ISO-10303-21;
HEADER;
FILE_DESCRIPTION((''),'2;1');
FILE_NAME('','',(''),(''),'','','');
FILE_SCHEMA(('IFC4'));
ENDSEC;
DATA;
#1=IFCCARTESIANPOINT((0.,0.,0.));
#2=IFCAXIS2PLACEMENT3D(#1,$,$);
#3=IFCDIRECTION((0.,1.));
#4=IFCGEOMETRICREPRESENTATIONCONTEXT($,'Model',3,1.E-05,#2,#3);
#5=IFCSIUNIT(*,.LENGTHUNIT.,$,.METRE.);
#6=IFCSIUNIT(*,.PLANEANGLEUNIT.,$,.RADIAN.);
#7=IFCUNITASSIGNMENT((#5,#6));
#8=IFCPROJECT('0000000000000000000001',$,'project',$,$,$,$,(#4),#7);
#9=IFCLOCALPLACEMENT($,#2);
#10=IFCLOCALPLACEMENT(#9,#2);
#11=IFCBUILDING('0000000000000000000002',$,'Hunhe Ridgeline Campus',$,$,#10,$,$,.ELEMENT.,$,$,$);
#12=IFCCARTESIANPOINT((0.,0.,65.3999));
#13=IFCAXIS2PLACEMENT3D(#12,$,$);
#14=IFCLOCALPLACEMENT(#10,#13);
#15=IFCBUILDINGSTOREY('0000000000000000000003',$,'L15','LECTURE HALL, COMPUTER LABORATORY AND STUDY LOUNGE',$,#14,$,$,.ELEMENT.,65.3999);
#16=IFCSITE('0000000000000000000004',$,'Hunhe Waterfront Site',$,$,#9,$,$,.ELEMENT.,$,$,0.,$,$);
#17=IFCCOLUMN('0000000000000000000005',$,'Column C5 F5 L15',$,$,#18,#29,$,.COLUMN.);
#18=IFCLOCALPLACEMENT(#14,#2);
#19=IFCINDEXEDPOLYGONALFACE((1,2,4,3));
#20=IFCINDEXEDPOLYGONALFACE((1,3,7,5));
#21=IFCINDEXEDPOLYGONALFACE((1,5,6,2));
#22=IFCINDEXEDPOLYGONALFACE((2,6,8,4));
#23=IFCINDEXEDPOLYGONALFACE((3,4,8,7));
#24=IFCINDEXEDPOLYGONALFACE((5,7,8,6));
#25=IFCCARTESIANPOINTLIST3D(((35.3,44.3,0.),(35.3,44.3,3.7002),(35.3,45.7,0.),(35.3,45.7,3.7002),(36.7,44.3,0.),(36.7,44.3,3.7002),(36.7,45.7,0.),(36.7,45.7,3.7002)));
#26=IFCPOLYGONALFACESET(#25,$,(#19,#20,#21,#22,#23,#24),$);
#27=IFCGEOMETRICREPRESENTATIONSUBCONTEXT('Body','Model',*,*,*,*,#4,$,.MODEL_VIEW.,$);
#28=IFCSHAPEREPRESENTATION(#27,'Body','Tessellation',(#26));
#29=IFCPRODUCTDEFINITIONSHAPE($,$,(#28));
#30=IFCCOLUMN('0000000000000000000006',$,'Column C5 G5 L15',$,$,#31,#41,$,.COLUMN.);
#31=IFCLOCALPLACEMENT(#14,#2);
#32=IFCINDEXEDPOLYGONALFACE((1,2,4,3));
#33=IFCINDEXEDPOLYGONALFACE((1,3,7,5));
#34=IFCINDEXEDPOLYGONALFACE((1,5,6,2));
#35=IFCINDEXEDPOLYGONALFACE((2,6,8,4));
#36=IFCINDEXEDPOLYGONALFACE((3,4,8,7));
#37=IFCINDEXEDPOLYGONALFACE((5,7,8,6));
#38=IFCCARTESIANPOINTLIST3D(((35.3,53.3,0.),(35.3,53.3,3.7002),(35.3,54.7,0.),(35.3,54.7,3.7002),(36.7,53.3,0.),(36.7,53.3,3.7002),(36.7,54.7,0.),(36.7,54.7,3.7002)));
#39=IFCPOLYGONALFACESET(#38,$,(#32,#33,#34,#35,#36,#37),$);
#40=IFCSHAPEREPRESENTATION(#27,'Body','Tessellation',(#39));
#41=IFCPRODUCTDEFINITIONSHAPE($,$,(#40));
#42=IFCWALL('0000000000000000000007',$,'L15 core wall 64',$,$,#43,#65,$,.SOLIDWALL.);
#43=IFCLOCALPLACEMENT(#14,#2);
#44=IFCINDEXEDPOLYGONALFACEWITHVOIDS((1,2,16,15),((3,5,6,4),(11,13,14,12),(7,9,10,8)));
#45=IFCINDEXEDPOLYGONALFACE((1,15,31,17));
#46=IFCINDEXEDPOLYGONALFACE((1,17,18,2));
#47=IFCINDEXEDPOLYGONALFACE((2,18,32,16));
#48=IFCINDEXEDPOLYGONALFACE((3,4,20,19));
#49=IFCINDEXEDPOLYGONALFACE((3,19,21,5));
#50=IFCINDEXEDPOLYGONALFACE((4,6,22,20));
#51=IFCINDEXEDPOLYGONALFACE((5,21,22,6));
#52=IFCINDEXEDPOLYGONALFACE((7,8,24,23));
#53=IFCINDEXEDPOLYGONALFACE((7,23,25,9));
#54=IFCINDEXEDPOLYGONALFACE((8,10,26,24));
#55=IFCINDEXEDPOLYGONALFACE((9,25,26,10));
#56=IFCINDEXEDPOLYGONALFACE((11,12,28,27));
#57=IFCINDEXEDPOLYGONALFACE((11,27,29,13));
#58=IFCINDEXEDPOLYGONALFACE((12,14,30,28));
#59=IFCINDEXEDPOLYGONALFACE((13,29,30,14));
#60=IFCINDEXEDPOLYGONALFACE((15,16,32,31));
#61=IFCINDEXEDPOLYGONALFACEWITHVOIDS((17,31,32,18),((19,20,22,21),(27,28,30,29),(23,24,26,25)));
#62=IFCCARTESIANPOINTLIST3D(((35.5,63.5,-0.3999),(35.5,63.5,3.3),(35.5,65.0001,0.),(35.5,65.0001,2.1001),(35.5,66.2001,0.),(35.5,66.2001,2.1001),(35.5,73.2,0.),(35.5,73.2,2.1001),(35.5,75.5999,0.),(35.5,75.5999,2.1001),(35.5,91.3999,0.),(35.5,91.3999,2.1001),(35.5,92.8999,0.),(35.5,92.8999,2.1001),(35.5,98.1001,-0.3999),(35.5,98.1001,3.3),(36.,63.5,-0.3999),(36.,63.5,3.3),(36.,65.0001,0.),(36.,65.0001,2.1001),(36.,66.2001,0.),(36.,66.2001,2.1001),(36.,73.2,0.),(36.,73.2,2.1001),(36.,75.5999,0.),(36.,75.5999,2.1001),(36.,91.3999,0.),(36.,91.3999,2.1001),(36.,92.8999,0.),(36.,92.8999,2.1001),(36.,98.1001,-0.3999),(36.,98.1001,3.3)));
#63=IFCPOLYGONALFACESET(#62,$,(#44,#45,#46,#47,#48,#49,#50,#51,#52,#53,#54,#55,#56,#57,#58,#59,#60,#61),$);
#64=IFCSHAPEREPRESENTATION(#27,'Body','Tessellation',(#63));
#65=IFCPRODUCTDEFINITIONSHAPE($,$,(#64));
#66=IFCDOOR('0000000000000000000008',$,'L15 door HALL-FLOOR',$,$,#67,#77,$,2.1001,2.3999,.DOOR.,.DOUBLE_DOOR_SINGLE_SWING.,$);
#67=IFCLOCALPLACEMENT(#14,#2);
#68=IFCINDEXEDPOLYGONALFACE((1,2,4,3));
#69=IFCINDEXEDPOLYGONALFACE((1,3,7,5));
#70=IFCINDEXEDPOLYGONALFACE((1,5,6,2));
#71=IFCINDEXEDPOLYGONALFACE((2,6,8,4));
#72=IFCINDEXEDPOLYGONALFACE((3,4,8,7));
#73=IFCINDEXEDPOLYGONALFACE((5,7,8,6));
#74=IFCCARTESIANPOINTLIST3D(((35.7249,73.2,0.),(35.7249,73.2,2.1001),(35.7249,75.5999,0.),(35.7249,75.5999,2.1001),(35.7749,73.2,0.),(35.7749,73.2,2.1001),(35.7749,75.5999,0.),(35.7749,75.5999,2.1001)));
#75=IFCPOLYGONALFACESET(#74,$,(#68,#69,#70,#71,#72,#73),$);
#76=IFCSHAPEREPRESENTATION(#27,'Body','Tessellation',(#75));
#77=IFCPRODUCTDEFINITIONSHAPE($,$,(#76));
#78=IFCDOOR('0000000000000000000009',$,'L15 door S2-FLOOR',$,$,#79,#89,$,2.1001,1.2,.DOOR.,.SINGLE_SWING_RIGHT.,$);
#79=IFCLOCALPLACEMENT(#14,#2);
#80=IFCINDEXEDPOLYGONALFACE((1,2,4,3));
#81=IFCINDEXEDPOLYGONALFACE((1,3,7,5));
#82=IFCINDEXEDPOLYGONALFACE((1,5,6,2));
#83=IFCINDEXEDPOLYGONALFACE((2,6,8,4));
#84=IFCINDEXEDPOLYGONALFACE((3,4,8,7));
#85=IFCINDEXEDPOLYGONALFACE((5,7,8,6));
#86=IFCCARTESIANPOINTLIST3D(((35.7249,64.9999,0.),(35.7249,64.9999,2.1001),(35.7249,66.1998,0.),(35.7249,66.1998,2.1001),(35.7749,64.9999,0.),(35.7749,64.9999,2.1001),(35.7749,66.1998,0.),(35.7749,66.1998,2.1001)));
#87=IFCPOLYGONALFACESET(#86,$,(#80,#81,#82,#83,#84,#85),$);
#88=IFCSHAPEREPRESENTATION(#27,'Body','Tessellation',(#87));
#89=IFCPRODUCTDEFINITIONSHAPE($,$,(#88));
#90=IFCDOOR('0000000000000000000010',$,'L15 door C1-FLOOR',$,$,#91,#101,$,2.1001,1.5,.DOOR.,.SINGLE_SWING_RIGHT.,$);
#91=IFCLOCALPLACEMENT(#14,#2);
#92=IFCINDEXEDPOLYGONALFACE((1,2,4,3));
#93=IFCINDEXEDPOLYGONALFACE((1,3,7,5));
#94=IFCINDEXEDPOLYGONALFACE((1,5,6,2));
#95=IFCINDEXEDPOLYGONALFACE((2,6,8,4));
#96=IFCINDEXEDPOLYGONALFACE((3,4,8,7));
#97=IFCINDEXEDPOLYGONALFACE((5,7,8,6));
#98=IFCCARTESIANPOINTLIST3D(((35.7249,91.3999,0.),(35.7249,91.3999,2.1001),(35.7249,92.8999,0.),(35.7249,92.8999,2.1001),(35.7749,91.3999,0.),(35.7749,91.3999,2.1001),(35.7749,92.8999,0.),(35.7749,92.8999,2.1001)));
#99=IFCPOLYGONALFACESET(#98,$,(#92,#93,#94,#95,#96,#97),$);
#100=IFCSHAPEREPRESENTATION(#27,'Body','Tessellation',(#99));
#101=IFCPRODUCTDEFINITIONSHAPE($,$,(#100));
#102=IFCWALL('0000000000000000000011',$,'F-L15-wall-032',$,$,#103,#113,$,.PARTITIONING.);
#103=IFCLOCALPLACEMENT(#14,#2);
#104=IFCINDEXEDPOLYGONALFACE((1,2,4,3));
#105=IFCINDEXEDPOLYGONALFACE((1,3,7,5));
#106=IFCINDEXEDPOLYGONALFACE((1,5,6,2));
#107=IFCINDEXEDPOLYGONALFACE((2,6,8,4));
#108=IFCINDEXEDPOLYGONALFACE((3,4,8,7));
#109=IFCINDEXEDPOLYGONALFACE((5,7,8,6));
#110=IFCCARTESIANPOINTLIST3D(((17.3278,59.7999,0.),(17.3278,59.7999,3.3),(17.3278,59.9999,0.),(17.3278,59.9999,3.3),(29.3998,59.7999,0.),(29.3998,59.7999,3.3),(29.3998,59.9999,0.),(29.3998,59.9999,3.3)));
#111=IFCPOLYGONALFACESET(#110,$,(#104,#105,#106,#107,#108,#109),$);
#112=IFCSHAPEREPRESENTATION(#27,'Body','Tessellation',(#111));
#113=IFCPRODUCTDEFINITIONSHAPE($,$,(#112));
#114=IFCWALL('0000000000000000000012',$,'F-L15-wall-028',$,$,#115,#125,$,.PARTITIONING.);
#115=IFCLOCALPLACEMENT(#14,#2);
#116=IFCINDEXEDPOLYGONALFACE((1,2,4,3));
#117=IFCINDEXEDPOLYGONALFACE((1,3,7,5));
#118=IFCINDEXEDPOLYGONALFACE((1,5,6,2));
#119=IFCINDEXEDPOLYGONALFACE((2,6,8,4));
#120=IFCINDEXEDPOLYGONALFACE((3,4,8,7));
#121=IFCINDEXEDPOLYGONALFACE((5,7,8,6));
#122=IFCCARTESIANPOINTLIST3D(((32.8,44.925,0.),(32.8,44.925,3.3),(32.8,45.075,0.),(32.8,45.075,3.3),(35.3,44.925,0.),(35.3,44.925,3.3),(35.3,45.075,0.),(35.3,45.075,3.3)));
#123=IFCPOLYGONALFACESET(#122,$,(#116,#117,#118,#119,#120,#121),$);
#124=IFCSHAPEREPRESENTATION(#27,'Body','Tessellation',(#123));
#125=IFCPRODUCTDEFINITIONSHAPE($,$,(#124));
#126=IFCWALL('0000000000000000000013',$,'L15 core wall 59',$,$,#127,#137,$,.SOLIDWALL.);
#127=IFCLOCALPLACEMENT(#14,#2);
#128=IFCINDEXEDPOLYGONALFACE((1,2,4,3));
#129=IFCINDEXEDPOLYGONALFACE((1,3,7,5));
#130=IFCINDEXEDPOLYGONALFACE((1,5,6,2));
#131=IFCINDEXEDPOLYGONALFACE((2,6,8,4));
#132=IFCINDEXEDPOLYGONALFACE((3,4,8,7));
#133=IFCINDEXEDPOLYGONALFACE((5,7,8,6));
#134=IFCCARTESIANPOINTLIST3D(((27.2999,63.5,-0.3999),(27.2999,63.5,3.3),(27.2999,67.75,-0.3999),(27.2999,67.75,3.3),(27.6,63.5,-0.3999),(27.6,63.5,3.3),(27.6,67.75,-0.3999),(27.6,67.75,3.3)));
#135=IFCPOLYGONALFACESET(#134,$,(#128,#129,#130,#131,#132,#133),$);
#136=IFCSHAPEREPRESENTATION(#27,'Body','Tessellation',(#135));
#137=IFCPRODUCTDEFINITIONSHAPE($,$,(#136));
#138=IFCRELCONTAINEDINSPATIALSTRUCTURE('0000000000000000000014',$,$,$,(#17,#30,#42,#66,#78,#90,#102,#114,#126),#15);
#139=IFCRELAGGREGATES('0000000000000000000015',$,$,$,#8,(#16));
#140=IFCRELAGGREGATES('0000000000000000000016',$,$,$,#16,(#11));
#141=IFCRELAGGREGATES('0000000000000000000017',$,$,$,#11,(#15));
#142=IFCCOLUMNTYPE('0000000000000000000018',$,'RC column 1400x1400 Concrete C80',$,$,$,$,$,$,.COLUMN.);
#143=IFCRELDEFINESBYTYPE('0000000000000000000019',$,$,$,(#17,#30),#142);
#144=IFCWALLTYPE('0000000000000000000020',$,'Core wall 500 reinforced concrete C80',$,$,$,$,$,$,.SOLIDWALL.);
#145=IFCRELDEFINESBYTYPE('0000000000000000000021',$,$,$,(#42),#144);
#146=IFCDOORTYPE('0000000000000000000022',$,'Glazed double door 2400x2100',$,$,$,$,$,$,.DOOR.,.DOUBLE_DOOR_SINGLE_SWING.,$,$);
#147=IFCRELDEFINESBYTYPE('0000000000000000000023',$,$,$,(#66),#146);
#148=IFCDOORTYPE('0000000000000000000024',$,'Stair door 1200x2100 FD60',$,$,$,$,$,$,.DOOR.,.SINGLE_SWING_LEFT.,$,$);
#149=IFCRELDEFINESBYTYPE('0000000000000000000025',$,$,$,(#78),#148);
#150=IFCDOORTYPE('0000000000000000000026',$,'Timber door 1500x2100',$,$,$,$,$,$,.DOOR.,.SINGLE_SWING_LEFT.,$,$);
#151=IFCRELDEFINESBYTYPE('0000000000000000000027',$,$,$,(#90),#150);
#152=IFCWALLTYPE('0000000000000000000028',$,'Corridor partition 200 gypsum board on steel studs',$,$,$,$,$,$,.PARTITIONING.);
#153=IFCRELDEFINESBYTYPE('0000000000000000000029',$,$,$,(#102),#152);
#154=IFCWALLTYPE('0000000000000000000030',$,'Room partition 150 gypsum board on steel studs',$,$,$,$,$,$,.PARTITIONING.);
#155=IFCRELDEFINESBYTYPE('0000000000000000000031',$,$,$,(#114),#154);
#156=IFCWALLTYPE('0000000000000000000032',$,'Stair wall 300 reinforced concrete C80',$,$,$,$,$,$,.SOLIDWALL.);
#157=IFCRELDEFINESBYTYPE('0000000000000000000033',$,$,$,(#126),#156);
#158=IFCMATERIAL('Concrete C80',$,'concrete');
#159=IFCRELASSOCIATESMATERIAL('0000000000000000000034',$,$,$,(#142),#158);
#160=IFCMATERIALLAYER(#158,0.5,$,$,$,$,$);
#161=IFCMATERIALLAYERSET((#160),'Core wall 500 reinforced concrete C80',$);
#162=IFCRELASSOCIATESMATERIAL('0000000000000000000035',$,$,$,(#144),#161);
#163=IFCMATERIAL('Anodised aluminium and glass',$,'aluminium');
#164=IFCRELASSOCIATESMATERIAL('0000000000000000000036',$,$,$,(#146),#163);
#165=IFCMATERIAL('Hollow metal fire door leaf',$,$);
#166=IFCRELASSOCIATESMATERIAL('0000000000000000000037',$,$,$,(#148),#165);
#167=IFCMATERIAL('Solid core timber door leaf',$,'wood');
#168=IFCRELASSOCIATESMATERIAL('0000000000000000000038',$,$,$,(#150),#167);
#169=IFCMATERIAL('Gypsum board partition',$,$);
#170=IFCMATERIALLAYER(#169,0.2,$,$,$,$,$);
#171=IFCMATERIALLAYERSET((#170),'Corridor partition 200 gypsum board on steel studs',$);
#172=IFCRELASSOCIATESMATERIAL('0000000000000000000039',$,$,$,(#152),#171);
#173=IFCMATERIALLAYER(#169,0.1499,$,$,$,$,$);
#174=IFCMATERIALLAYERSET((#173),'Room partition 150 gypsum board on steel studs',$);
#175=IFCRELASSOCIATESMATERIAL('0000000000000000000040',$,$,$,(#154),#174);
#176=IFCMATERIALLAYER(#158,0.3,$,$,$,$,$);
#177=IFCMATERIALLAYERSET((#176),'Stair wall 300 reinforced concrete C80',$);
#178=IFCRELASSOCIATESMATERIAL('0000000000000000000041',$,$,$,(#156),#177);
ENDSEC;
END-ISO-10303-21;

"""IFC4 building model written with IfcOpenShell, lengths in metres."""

from ifc_helpers import new_model, si_unit, direction, frame, frame_2d, origin, origin_2d, place, context, subcontext, project, spatial, rectangle, extrude, material, layer, layer_set, material_profile, profile_set, type_object, element, fill, save


model = new_model("IFC4")

# Units and contexts
model_context = context("Model", 3, precision=1e-05, world=origin(), true_north=direction((0.0, 1.0)))
body_context = subcontext(model_context, "Body", "Model", "MODEL_VIEW")
ifc_project = project(units=[si_unit("LENGTHUNIT", "METRE"), si_unit("PLANEANGLEUNIT", "RADIAN")], contexts=[model_context])

# Site, building, storey
site_placement = place(None, origin())
site = spatial("IfcSite", under=ifc_project, at=site_placement, Name="Hunhe Waterfront Site", CompositionType="ELEMENT", RefElevation=0.0)
building_placement = place(site_placement, origin())
building = spatial("IfcBuilding", under=site, at=building_placement, Name="Hunhe Ridgeline Campus", CompositionType="ELEMENT")
storey_placement = place(building_placement, frame((0.0, 0.0, 65.3999)))
storey = spatial("IfcBuildingStorey", under=building, at=storey_placement, Name="L15", Description="LECTURE HALL, COMPUTER LABORATORY AND STUDY LOUNGE", CompositionType="ELEMENT", Elevation=65.3999)

# Columns
ifc_material_1 = material(Name="Concrete C80", Category="concrete")
ifc_material_profile = material_profile(ifc_material_1, rectangle(XDim=1.3999, YDim=1.3999, at=origin_2d()))
ifc_profile_set = profile_set([ifc_material_profile], Name="Concrete C80")
column_type = type_object("IfcColumnType", Name="RC column 1400x1400 Concrete C80", PredefinedType="COLUMN", material=ifc_profile_set)
for number, where, z_axis, x_axis, name in (
    (1, (36.0, 45.0, 0.0), (0.0, 0.0, 1.0), (1.0, 0.0, 0.0), "Column C5 F5 L15"),
    (2, (36.0, 54.0, 0.0), (0.0, 0.0, 1.0), (1.0, 0.0, 0.0), "Column C5 G5 L15"),
):
    element("IfcColumn", number, at=place(storey_placement, frame(where, z_axis=z_axis, x_axis=x_axis)), inside=storey, type_object=column_type, Name=name, PredefinedType="COLUMN", context=body_context, shape_type="SweptSolid", body=[
        extrude(rectangle(XDim=1.3999, YDim=1.3999, at=origin_2d()), origin(), (0.0, 0.0, 1.0), 3.7002),
    ])

# Wall, openings, doors
ifc_layer_1 = layer(ifc_material_1, 0.5)
ifc_layer_set_1 = layer_set([ifc_layer_1], Name="Core wall 500 reinforced concrete C80")
wall_type_1 = type_object("IfcWallType", Name="Core wall 500 reinforced concrete C80", PredefinedType="SOLIDWALL", material=ifc_layer_set_1)
wall_1_placement = place(storey_placement, frame((35.75, 63.5, -0.3999), z_axis=(0.0, 0.0, 1.0), x_axis=(0.0, 1.0, 0.0)))
wall_1 = element("IfcWall", 3, at=wall_1_placement, inside=storey, type_object=wall_type_1, Name="L15 core wall 64", PredefinedType="SOLIDWALL", context=body_context, shape_type="SweptSolid", body=[
    extrude(rectangle(XDim=34.6001, YDim=0.5, at=frame_2d((17.3, 0.0))), origin(), (0.0, 0.0, 1.0), 3.7),
])
opening_1_placement = place(wall_1_placement, frame((9.7, 0.0, 0.3999)))
opening_1 = element("IfcOpeningElement", 4, at=opening_1_placement, cuts=wall_1, PredefinedType="OPENING", context=body_context, shape_type="SweptSolid", body=[
    extrude(rectangle(XDim=2.3999, YDim=2.1001, at=frame_2d((1.2, 1.05))), frame((0.0, 0.25, 0.0), z_axis=(0.0, -1.0, 0.0), x_axis=(1.0, 0.0, 0.0)), (0.0, 0.0, 1.0), 0.5),
])
opening_2_placement = place(wall_1_placement, frame((27.8999, 0.0, 0.3999)))
opening_2 = element("IfcOpeningElement", 5, at=opening_2_placement, cuts=wall_1, PredefinedType="OPENING", context=body_context, shape_type="SweptSolid", body=[
    extrude(rectangle(XDim=1.5, YDim=2.1001, at=frame_2d((0.75, 1.05))), frame((0.0, 0.25, 0.0), z_axis=(0.0, -1.0, 0.0), x_axis=(1.0, 0.0, 0.0)), (0.0, 0.0, 1.0), 0.5),
])
opening_3_placement = place(wall_1_placement, frame((1.5, 0.0, 0.3999)))
opening_3 = element("IfcOpeningElement", 6, at=opening_3_placement, cuts=wall_1, PredefinedType="OPENING", context=body_context, shape_type="SweptSolid", body=[
    extrude(rectangle(XDim=1.2, YDim=2.1001, at=frame_2d((0.6001, 1.05))), frame((0.0, 0.25, 0.0), z_axis=(0.0, -1.0, 0.0), x_axis=(1.0, 0.0, 0.0)), (0.0, 0.0, 1.0), 0.5),
])
ifc_material_2 = material(Name="Anodised aluminium and glass", Category="aluminium")
door_type_1 = type_object("IfcDoorType", Name="Glazed double door 2400x2100", OperationType="DOUBLE_DOOR_SINGLE_SWING", PredefinedType="DOOR", material=ifc_material_2)
door_1_placement = place(opening_1_placement, frame((2.3999, 0.0, 0.0), z_axis=(0.0, 0.0, 1.0), x_axis=(-1.0, 0.0, 0.0)))
door_1 = element("IfcDoor", 7, at=door_1_placement, inside=storey, type_object=door_type_1, Name="L15 door HALL-FLOOR", OperationType="DOUBLE_DOOR_SINGLE_SWING", OverallHeight=2.1001, OverallWidth=2.3999, PredefinedType="DOOR", context=body_context, shape_type="SweptSolid", body=[
    extrude(rectangle(XDim=2.3999, YDim=2.1001, at=frame_2d((1.2, 1.05))), frame((0.0, 0.0249, 0.0), z_axis=(0.0, -1.0, 0.0), x_axis=(1.0, 0.0, 0.0)), (0.0, 0.0, 1.0), 0.05),
])
fill(opening_1, door_1)
ifc_material_3 = material(Name="Hollow metal fire door leaf")
door_type_2 = type_object("IfcDoorType", Name="Stair door 1200x2100 FD60", OperationType="SINGLE_SWING_LEFT", PredefinedType="DOOR", material=ifc_material_3)
door_2_placement = place(opening_3_placement, frame((1.2, 0.0, 0.0), z_axis=(0.0, 0.0, 1.0), x_axis=(-1.0, 0.0, 0.0)))
door_2 = element("IfcDoor", 8, at=door_2_placement, inside=storey, type_object=door_type_2, Name="L15 door S2-FLOOR", OperationType="SINGLE_SWING_RIGHT", OverallHeight=2.1001, OverallWidth=1.2, PredefinedType="DOOR", context=body_context, shape_type="SweptSolid", body=[
    extrude(rectangle(XDim=1.2, YDim=2.1001, at=frame_2d((0.6001, 1.05))), frame((0.0, 0.0249, 0.0), z_axis=(0.0, -1.0, 0.0), x_axis=(1.0, 0.0, 0.0)), (0.0, 0.0, 1.0), 0.05),
])
fill(opening_3, door_2)
ifc_material_4 = material(Name="Solid core timber door leaf", Category="wood")
door_type_3 = type_object("IfcDoorType", Name="Timber door 1500x2100", OperationType="SINGLE_SWING_LEFT", PredefinedType="DOOR", material=ifc_material_4)
door_3_placement = place(opening_2_placement, frame((1.5, 0.0, 0.0), z_axis=(0.0, 0.0, 1.0), x_axis=(-1.0, 0.0, 0.0)))
door_3 = element("IfcDoor", 9, at=door_3_placement, inside=storey, type_object=door_type_3, Name="L15 door C1-FLOOR", OperationType="SINGLE_SWING_RIGHT", OverallHeight=2.1001, OverallWidth=1.5, PredefinedType="DOOR", context=body_context, shape_type="SweptSolid", body=[
    extrude(rectangle(XDim=1.5, YDim=2.1001, at=frame_2d((0.75, 1.05))), frame((0.0, 0.0249, 0.0), z_axis=(0.0, -1.0, 0.0), x_axis=(1.0, 0.0, 0.0)), (0.0, 0.0, 1.0), 0.05),
])
fill(opening_2, door_3)

# Wall
ifc_material_5 = material(Name="Gypsum board partition")
ifc_layer_2 = layer(ifc_material_5, 0.2)
ifc_layer_set_2 = layer_set([ifc_layer_2], Name="Corridor partition 200 gypsum board on steel studs")
wall_type_2 = type_object("IfcWallType", Name="Corridor partition 200 gypsum board on steel studs", PredefinedType="PARTITIONING", material=ifc_layer_set_2)
wall_2_placement = place(storey_placement, frame((29.3999, 59.8999, 0.0), z_axis=(0.0, 0.0, 1.0), x_axis=(-1.0, 0.0, 0.0)))
element("IfcWall", 10, at=wall_2_placement, inside=storey, type_object=wall_type_2, Name="F-L15-wall-032", PredefinedType="PARTITIONING", context=body_context, shape_type="SweptSolid", body=[
    extrude(rectangle(XDim=12.072, YDim=0.2, at=frame_2d((6.0361, 0.0))), origin(), (0.0, 0.0, 1.0), 3.3),
])

# Walls
ifc_layer_3 = layer(ifc_material_5, 0.1499)
ifc_layer_set_3 = layer_set([ifc_layer_3], Name="Room partition 150 gypsum board on steel studs")
wall_type_3 = type_object("IfcWallType", Name="Room partition 150 gypsum board on steel studs", PredefinedType="PARTITIONING", material=ifc_layer_set_3)
wall_3_placement = place(storey_placement, frame((32.8, 45.0, 0.0), z_axis=(0.0, 0.0, 1.0), x_axis=(1.0, 0.0, 0.0)))
element("IfcWall", 11, at=wall_3_placement, inside=storey, type_object=wall_type_3, Name="F-L15-wall-028", PredefinedType="PARTITIONING", context=body_context, shape_type="SweptSolid", body=[
    extrude(rectangle(XDim=2.5, YDim=0.1499, at=frame_2d((1.25, 0.0))), origin(), (0.0, 0.0, 1.0), 3.3),
])
ifc_layer_4 = layer(ifc_material_1, 0.3)
ifc_layer_set_4 = layer_set([ifc_layer_4], Name="Stair wall 300 reinforced concrete C80")
wall_type_4 = type_object("IfcWallType", Name="Stair wall 300 reinforced concrete C80", PredefinedType="SOLIDWALL", material=ifc_layer_set_4)
wall_4_placement = place(storey_placement, frame((27.45, 63.5, -0.3999), z_axis=(0.0, 0.0, 1.0), x_axis=(0.0, 1.0, 0.0)))
element("IfcWall", 12, at=wall_4_placement, inside=storey, type_object=wall_type_4, Name="L15 core wall 59", PredefinedType="SOLIDWALL", context=body_context, shape_type="SweptSolid", body=[
    extrude(rectangle(XDim=4.25, YDim=0.3, at=frame_2d((2.125, 0.0))), origin(), (0.0, 0.0, 1.0), 3.7),
])

save(model, "model.ifc")
